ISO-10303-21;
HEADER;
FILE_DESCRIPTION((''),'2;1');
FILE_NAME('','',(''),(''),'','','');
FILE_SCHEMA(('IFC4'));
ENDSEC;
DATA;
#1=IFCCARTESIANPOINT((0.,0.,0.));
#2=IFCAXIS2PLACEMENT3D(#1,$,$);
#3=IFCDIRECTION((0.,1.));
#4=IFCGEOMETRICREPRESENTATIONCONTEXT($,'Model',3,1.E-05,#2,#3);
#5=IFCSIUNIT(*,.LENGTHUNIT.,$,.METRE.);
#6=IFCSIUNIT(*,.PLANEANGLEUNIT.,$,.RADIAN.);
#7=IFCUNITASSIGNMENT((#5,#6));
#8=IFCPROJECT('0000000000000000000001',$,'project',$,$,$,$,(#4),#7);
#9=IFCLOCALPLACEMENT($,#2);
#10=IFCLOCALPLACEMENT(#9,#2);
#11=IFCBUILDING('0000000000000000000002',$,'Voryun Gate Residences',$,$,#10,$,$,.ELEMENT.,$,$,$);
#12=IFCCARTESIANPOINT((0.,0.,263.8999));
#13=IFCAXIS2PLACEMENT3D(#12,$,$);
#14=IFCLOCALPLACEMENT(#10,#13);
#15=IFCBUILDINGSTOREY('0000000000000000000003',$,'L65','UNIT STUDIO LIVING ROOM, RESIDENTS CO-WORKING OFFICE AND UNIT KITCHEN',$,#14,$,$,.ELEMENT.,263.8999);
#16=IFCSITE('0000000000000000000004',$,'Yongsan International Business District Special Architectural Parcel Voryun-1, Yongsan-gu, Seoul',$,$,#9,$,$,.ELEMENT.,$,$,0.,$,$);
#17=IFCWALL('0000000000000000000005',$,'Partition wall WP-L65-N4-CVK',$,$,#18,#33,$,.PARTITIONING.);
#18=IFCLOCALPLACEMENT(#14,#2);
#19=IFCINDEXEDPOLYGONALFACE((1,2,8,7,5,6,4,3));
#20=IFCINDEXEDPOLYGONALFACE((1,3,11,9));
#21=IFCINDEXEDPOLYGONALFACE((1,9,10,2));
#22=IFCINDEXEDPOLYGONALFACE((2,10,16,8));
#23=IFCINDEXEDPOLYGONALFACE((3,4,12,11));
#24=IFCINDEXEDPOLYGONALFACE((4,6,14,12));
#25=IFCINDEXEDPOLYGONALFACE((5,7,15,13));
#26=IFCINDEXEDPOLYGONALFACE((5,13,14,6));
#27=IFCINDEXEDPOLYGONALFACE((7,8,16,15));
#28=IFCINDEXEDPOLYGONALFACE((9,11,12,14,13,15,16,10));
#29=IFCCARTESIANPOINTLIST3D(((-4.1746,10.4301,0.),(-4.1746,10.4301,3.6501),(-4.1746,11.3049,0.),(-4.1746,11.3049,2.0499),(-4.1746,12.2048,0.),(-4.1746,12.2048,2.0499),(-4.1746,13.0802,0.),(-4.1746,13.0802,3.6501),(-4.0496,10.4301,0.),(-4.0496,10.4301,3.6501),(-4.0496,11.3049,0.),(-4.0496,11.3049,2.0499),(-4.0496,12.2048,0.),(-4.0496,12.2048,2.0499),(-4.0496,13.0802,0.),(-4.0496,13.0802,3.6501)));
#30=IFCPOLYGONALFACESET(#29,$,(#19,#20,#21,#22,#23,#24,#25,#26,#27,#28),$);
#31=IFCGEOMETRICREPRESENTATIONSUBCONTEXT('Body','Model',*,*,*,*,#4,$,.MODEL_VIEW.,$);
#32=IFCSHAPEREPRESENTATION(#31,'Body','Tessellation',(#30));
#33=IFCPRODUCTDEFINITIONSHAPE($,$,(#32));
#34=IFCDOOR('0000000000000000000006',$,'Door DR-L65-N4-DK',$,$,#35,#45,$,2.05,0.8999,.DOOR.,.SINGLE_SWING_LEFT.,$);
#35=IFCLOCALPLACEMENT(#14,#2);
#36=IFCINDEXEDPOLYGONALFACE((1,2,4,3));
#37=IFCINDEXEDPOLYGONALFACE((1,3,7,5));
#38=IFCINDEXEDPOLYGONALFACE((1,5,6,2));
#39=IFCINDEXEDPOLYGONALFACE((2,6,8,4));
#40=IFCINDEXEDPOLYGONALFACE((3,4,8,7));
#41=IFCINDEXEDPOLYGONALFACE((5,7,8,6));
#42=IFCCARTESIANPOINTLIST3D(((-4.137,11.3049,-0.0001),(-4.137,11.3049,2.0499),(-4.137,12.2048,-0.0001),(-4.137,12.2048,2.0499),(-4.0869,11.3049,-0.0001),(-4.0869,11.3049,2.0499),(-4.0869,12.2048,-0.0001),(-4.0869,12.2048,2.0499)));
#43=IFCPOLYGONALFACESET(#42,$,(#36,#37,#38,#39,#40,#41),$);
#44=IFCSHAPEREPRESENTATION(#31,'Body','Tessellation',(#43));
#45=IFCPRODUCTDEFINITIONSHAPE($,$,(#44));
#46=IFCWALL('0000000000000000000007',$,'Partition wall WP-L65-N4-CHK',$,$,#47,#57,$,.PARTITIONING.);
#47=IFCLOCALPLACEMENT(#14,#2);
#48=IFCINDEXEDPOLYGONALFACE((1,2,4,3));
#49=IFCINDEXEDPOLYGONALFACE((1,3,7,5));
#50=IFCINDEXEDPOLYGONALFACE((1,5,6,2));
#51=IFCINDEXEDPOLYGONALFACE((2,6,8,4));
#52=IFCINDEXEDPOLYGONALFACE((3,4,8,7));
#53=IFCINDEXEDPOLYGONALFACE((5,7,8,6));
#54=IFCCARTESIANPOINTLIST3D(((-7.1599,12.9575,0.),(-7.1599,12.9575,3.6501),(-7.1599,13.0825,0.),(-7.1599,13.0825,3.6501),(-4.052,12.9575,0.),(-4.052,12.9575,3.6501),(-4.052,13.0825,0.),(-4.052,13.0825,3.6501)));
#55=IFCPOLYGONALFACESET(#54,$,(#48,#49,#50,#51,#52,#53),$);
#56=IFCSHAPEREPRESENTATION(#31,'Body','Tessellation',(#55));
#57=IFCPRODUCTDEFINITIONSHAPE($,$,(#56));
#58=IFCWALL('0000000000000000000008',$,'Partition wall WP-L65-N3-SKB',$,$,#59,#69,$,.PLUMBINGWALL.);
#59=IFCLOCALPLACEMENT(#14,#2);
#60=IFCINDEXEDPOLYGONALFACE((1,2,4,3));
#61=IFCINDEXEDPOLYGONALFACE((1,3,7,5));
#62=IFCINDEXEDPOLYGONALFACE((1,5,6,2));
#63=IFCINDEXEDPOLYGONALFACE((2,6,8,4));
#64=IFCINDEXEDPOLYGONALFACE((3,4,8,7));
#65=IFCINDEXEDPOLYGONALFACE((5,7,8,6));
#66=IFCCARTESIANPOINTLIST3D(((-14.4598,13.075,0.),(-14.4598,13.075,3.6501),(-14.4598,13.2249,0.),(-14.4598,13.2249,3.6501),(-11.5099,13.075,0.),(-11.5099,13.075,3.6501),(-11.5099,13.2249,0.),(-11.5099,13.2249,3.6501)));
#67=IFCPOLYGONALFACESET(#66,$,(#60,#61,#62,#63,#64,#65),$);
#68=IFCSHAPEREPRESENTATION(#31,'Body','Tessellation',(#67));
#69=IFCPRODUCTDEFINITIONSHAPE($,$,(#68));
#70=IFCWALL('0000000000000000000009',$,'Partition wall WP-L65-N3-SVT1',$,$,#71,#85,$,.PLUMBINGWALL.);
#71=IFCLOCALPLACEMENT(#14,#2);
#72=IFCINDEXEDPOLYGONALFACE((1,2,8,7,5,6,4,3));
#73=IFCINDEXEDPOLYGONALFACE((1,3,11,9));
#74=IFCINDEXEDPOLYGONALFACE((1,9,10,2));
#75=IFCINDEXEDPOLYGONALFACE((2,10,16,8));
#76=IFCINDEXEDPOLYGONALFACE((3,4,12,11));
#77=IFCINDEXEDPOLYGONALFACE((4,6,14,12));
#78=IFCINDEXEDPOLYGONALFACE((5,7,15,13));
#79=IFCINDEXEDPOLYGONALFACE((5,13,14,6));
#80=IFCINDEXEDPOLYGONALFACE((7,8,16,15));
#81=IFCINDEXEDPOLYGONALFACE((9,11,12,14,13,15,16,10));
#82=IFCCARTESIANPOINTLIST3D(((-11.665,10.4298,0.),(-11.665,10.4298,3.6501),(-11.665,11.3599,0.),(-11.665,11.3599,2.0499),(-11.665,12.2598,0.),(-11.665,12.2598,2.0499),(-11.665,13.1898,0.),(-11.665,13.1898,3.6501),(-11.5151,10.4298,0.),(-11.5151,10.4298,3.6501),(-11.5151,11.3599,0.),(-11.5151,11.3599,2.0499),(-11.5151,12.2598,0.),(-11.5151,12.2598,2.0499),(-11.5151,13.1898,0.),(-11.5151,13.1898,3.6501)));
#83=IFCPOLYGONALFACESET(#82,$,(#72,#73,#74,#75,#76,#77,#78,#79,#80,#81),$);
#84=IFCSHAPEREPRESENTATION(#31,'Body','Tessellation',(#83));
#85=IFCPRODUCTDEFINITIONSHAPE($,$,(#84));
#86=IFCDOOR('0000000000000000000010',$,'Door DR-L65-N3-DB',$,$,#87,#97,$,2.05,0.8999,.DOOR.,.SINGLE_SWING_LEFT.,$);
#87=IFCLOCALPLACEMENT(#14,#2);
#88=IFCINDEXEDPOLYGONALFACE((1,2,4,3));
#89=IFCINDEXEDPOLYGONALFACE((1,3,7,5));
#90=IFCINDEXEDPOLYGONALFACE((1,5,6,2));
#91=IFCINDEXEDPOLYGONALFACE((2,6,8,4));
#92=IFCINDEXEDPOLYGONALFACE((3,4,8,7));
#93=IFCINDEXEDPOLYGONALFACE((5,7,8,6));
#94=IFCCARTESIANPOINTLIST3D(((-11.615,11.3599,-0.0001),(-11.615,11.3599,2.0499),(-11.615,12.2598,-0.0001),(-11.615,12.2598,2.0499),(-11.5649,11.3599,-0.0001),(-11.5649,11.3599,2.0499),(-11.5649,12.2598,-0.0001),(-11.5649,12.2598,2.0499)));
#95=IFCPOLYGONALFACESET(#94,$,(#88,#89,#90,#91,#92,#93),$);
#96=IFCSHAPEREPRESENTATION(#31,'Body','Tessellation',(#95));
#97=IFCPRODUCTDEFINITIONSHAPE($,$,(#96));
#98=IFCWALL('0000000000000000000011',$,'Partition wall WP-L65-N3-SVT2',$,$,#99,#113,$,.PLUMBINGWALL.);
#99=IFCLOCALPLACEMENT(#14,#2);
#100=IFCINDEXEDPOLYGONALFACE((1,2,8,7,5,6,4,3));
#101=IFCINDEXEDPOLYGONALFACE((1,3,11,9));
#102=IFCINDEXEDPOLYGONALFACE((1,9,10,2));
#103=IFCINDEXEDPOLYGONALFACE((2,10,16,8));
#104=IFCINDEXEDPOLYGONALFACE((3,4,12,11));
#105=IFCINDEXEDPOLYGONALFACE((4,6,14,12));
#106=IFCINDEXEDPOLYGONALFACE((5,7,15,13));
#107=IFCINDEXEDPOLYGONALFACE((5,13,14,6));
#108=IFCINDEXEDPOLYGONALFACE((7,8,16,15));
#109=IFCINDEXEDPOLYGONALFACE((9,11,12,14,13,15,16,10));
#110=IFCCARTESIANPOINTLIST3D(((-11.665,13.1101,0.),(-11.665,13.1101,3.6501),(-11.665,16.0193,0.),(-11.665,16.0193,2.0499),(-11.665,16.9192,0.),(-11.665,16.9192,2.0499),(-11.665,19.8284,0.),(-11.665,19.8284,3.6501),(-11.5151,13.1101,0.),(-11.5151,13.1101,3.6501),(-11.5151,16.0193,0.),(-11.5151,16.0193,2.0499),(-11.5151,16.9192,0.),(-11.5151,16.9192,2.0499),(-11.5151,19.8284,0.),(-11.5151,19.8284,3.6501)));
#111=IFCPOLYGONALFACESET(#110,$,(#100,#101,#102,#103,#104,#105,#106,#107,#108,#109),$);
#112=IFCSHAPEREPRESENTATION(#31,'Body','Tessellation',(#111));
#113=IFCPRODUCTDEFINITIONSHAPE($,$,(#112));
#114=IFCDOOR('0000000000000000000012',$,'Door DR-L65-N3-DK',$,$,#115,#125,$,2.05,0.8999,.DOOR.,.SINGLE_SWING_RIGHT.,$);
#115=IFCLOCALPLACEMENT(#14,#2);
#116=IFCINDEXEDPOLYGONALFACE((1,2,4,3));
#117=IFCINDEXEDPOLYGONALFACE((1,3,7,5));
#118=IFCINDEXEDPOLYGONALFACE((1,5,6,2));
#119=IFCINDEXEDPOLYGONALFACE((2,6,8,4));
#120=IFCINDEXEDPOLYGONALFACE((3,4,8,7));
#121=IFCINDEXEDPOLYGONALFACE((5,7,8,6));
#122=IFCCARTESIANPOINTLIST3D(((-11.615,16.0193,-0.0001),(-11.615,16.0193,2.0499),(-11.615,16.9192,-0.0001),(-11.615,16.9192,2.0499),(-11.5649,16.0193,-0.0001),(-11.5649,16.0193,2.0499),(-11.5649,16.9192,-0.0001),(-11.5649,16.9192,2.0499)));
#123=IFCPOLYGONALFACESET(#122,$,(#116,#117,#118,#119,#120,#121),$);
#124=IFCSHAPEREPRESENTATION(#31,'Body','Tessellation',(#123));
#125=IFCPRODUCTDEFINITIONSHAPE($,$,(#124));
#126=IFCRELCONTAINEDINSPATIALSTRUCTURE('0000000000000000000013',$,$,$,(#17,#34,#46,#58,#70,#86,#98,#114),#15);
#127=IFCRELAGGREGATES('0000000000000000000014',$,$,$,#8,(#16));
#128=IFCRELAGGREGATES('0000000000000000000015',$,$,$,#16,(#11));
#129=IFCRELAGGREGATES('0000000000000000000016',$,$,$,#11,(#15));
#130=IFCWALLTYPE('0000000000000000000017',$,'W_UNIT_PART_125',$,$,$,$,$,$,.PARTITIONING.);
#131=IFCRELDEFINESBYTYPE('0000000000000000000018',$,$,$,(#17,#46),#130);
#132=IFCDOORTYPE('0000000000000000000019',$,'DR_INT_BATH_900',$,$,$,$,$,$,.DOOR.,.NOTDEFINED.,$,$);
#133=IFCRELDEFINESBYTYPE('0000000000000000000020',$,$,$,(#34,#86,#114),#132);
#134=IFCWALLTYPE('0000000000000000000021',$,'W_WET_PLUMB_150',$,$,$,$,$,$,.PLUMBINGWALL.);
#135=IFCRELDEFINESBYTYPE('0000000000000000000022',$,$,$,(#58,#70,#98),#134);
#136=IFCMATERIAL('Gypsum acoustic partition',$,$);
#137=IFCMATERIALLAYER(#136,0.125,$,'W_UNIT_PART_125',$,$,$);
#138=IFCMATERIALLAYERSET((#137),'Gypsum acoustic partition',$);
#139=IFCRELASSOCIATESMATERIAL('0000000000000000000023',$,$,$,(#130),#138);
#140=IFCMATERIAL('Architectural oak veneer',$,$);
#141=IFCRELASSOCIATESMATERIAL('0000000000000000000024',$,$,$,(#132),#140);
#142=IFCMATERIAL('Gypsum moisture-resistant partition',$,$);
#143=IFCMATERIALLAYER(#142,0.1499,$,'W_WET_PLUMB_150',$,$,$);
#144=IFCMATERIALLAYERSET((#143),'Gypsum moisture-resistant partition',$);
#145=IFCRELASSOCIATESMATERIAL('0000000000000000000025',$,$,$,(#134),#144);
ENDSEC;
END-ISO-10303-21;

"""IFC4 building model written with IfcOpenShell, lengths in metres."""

from ifc_helpers import new_model, si_unit, direction, frame, frame_2d, origin, place, context, subcontext, project, spatial, rectangle, extrude, material, layer, layer_set, type_object, element, fill, save


model = new_model("IFC4")

# Units and contexts
model_context = context("Model", 3, precision=1e-05, world=origin(), true_north=direction((0.0, 1.0)))
body_context = subcontext(model_context, "Body", "Model", "MODEL_VIEW")
ifc_project = project(units=[si_unit("LENGTHUNIT", "METRE"), si_unit("PLANEANGLEUNIT", "RADIAN")], contexts=[model_context])

# Site, building, storey
site_placement = place(None, origin())
site = spatial("IfcSite", under=ifc_project, at=site_placement, Name="Yongsan International Business District Special Architectural Parcel Voryun-1, Yongsan-gu, Seoul", CompositionType="ELEMENT", RefElevation=0.0)
building_placement = place(site_placement, origin())
building = spatial("IfcBuilding", under=site, at=building_placement, Name="Voryun Gate Residences", CompositionType="ELEMENT")
storey_placement = place(building_placement, frame((0.0, 0.0, 263.8999)))
storey = spatial("IfcBuildingStorey", under=building, at=storey_placement, Name="L65", Description="UNIT STUDIO LIVING ROOM, RESIDENTS CO-WORKING OFFICE AND UNIT KITCHEN", CompositionType="ELEMENT", Elevation=263.8999)

# Wall, opening, door
ifc_material_1 = material(Name="Gypsum acoustic partition")
ifc_layer_1 = layer(ifc_material_1, 0.125, Name="W_UNIT_PART_125")
ifc_layer_set_1 = layer_set([ifc_layer_1], Name="Gypsum acoustic partition")
wall_type_1 = type_object("IfcWallType", Name="W_UNIT_PART_125", PredefinedType="PARTITIONING", material=ifc_layer_set_1)
wall_1_placement = place(storey_placement, frame((-4.1121, 10.4299, 0.0), z_axis=(0.0, 0.0, 1.0), x_axis=(0.0, 1.0, 0.0)))
wall_1 = element("IfcWall", 1, at=wall_1_placement, inside=storey, type_object=wall_type_1, Name="Partition wall WP-L65-N4-CVK", PredefinedType="PARTITIONING", context=body_context, shape_type="SweptSolid", body=[
    extrude(rectangle(XDim=2.6501, YDim=0.125, at=frame_2d((1.3252, 0.0))), origin(), (0.0, 0.0, 1.0), 3.6501),
])
opening_1_placement = place(wall_1_placement, frame((0.875, 0.0, 0.0)))
opening_1 = element("IfcOpeningElement", 2, at=opening_1_placement, cuts=wall_1, PredefinedType="OPENING", context=body_context, shape_type="SweptSolid", body=[
    extrude(rectangle(XDim=0.8999, YDim=2.05, at=frame_2d((0.45, 1.0249))), frame((0.0, 0.0725, 0.0), z_axis=(0.0, -1.0, 0.0), x_axis=(1.0, 0.0, 0.0)), (0.0, 0.0, 1.0), 0.145),
])
ifc_material_2 = material(Name="Architectural oak veneer")
door_type_1 = type_object("IfcDoorType", Name="DR_INT_BATH_900", OperationType="NOTDEFINED", PredefinedType="DOOR", material=ifc_material_2)
door_1_placement = place(opening_1_placement, origin())
door_1 = element("IfcDoor", 3, at=door_1_placement, inside=storey, type_object=door_type_1, Name="Door DR-L65-N4-DK", OperationType="SINGLE_SWING_LEFT", OverallHeight=2.05, OverallWidth=0.8999, PredefinedType="DOOR", context=body_context, shape_type="SweptSolid", body=[
    extrude(rectangle(XDim=0.8999, YDim=2.05, at=frame_2d((0.45, 1.0249))), frame((0.0, 0.0249, 0.0), z_axis=(0.0, -1.0, 0.0), x_axis=(1.0, 0.0, 0.0)), (0.0, 0.0, 1.0), 0.05),
])
fill(opening_1, door_1)

# Walls
wall_2_placement = place(storey_placement, frame((-7.1599, 13.02, 0.0), z_axis=(0.0, 0.0, 1.0), x_axis=(1.0, 0.0, 0.0)))
element("IfcWall", 4, at=wall_2_placement, inside=storey, type_object=wall_type_1, Name="Partition wall WP-L65-N4-CHK", PredefinedType="PARTITIONING", context=body_context, shape_type="SweptSolid", body=[
    extrude(rectangle(XDim=3.1079, YDim=0.125, at=frame_2d((1.554, 0.0))), origin(), (0.0, 0.0, 1.0), 3.6501),
])
ifc_material_3 = material(Name="Gypsum moisture-resistant partition")
ifc_layer_2 = layer(ifc_material_3, 0.1499, Name="W_WET_PLUMB_150")
ifc_layer_set_2 = layer_set([ifc_layer_2], Name="Gypsum moisture-resistant partition")
wall_type_2 = type_object("IfcWallType", Name="W_WET_PLUMB_150", PredefinedType="PLUMBINGWALL", material=ifc_layer_set_2)
wall_3_placement = place(storey_placement, frame((-14.46, 13.1499, 0.0), z_axis=(0.0, 0.0, 1.0), x_axis=(1.0, 0.0, 0.0)))
element("IfcWall", 5, at=wall_3_placement, inside=storey, type_object=wall_type_2, Name="Partition wall WP-L65-N3-SKB", PredefinedType="PLUMBINGWALL", context=body_context, shape_type="SweptSolid", body=[
    extrude(rectangle(XDim=2.95, YDim=0.1499, at=frame_2d((1.4751, 0.0))), origin(), (0.0, 0.0, 1.0), 3.6501),
])

# Walls, openings, doors
wall_4_placement = place(storey_placement, frame((-11.5901, 10.4299, 0.0), z_axis=(0.0, 0.0, 1.0), x_axis=(0.0, 1.0, 0.0)))
wall_4 = element("IfcWall", 6, at=wall_4_placement, inside=storey, type_object=wall_type_2, Name="Partition wall WP-L65-N3-SVT1", PredefinedType="PLUMBINGWALL", context=body_context, shape_type="SweptSolid", body=[
    extrude(rectangle(XDim=2.76, YDim=0.1499, at=frame_2d((1.3799, 0.0))), origin(), (0.0, 0.0, 1.0), 3.6501),
])
opening_2_placement = place(wall_4_placement, frame((0.9299, 0.0, 0.0)))
opening_2 = element("IfcOpeningElement", 7, at=opening_2_placement, cuts=wall_4, PredefinedType="OPENING", context=body_context, shape_type="SweptSolid", body=[
    extrude(rectangle(XDim=0.8999, YDim=2.05, at=frame_2d((0.45, 1.0249))), frame((0.0, 0.085, 0.0), z_axis=(0.0, -1.0, 0.0), x_axis=(1.0, 0.0, 0.0)), (0.0, 0.0, 1.0), 0.1699),
])
door_2_placement = place(opening_2_placement, origin())
door_2 = element("IfcDoor", 8, at=door_2_placement, inside=storey, type_object=door_type_1, Name="Door DR-L65-N3-DB", OperationType="SINGLE_SWING_LEFT", OverallHeight=2.05, OverallWidth=0.8999, PredefinedType="DOOR", context=body_context, shape_type="SweptSolid", body=[
    extrude(rectangle(XDim=0.8999, YDim=2.05, at=frame_2d((0.45, 1.0249))), frame((0.0, 0.0249, 0.0), z_axis=(0.0, -1.0, 0.0), x_axis=(1.0, 0.0, 0.0)), (0.0, 0.0, 1.0), 0.05),
])
fill(opening_2, door_2)
wall_5_placement = place(storey_placement, frame((-11.5901, 13.1101, 0.0), z_axis=(0.0, 0.0, 1.0), x_axis=(0.0, 1.0, 0.0)))
wall_5 = element("IfcWall", 9, at=wall_5_placement, inside=storey, type_object=wall_type_2, Name="Partition wall WP-L65-N3-SVT2", PredefinedType="PLUMBINGWALL", context=body_context, shape_type="SweptSolid", body=[
    extrude(rectangle(XDim=6.7183, YDim=0.1499, at=frame_2d((3.3591, 0.0))), origin(), (0.0, 0.0, 1.0), 3.6501),
])
opening_3_placement = place(wall_5_placement, frame((2.9092, 0.0, 0.0)))
opening_3 = element("IfcOpeningElement", 10, at=opening_3_placement, cuts=wall_5, PredefinedType="OPENING", context=body_context, shape_type="SweptSolid", body=[
    extrude(rectangle(XDim=0.8999, YDim=2.05, at=frame_2d((0.45, 1.0249))), frame((0.0, 0.085, 0.0), z_axis=(0.0, -1.0, 0.0), x_axis=(1.0, 0.0, 0.0)), (0.0, 0.0, 1.0), 0.1699),
])
door_3_placement = place(opening_3_placement, origin())
door_3 = element("IfcDoor", 11, at=door_3_placement, inside=storey, type_object=door_type_1, Name="Door DR-L65-N3-DK", OperationType="SINGLE_SWING_RIGHT", OverallHeight=2.05, OverallWidth=0.8999, PredefinedType="DOOR", context=body_context, shape_type="SweptSolid", body=[
    extrude(rectangle(XDim=0.8999, YDim=2.05, at=frame_2d((0.45, 1.0249))), frame((0.0, 0.0249, 0.0), z_axis=(0.0, -1.0, 0.0), x_axis=(1.0, 0.0, 0.0)), (0.0, 0.0, 1.0), 0.05),
])
fill(opening_3, door_3)

save(model, "model.ifc")
